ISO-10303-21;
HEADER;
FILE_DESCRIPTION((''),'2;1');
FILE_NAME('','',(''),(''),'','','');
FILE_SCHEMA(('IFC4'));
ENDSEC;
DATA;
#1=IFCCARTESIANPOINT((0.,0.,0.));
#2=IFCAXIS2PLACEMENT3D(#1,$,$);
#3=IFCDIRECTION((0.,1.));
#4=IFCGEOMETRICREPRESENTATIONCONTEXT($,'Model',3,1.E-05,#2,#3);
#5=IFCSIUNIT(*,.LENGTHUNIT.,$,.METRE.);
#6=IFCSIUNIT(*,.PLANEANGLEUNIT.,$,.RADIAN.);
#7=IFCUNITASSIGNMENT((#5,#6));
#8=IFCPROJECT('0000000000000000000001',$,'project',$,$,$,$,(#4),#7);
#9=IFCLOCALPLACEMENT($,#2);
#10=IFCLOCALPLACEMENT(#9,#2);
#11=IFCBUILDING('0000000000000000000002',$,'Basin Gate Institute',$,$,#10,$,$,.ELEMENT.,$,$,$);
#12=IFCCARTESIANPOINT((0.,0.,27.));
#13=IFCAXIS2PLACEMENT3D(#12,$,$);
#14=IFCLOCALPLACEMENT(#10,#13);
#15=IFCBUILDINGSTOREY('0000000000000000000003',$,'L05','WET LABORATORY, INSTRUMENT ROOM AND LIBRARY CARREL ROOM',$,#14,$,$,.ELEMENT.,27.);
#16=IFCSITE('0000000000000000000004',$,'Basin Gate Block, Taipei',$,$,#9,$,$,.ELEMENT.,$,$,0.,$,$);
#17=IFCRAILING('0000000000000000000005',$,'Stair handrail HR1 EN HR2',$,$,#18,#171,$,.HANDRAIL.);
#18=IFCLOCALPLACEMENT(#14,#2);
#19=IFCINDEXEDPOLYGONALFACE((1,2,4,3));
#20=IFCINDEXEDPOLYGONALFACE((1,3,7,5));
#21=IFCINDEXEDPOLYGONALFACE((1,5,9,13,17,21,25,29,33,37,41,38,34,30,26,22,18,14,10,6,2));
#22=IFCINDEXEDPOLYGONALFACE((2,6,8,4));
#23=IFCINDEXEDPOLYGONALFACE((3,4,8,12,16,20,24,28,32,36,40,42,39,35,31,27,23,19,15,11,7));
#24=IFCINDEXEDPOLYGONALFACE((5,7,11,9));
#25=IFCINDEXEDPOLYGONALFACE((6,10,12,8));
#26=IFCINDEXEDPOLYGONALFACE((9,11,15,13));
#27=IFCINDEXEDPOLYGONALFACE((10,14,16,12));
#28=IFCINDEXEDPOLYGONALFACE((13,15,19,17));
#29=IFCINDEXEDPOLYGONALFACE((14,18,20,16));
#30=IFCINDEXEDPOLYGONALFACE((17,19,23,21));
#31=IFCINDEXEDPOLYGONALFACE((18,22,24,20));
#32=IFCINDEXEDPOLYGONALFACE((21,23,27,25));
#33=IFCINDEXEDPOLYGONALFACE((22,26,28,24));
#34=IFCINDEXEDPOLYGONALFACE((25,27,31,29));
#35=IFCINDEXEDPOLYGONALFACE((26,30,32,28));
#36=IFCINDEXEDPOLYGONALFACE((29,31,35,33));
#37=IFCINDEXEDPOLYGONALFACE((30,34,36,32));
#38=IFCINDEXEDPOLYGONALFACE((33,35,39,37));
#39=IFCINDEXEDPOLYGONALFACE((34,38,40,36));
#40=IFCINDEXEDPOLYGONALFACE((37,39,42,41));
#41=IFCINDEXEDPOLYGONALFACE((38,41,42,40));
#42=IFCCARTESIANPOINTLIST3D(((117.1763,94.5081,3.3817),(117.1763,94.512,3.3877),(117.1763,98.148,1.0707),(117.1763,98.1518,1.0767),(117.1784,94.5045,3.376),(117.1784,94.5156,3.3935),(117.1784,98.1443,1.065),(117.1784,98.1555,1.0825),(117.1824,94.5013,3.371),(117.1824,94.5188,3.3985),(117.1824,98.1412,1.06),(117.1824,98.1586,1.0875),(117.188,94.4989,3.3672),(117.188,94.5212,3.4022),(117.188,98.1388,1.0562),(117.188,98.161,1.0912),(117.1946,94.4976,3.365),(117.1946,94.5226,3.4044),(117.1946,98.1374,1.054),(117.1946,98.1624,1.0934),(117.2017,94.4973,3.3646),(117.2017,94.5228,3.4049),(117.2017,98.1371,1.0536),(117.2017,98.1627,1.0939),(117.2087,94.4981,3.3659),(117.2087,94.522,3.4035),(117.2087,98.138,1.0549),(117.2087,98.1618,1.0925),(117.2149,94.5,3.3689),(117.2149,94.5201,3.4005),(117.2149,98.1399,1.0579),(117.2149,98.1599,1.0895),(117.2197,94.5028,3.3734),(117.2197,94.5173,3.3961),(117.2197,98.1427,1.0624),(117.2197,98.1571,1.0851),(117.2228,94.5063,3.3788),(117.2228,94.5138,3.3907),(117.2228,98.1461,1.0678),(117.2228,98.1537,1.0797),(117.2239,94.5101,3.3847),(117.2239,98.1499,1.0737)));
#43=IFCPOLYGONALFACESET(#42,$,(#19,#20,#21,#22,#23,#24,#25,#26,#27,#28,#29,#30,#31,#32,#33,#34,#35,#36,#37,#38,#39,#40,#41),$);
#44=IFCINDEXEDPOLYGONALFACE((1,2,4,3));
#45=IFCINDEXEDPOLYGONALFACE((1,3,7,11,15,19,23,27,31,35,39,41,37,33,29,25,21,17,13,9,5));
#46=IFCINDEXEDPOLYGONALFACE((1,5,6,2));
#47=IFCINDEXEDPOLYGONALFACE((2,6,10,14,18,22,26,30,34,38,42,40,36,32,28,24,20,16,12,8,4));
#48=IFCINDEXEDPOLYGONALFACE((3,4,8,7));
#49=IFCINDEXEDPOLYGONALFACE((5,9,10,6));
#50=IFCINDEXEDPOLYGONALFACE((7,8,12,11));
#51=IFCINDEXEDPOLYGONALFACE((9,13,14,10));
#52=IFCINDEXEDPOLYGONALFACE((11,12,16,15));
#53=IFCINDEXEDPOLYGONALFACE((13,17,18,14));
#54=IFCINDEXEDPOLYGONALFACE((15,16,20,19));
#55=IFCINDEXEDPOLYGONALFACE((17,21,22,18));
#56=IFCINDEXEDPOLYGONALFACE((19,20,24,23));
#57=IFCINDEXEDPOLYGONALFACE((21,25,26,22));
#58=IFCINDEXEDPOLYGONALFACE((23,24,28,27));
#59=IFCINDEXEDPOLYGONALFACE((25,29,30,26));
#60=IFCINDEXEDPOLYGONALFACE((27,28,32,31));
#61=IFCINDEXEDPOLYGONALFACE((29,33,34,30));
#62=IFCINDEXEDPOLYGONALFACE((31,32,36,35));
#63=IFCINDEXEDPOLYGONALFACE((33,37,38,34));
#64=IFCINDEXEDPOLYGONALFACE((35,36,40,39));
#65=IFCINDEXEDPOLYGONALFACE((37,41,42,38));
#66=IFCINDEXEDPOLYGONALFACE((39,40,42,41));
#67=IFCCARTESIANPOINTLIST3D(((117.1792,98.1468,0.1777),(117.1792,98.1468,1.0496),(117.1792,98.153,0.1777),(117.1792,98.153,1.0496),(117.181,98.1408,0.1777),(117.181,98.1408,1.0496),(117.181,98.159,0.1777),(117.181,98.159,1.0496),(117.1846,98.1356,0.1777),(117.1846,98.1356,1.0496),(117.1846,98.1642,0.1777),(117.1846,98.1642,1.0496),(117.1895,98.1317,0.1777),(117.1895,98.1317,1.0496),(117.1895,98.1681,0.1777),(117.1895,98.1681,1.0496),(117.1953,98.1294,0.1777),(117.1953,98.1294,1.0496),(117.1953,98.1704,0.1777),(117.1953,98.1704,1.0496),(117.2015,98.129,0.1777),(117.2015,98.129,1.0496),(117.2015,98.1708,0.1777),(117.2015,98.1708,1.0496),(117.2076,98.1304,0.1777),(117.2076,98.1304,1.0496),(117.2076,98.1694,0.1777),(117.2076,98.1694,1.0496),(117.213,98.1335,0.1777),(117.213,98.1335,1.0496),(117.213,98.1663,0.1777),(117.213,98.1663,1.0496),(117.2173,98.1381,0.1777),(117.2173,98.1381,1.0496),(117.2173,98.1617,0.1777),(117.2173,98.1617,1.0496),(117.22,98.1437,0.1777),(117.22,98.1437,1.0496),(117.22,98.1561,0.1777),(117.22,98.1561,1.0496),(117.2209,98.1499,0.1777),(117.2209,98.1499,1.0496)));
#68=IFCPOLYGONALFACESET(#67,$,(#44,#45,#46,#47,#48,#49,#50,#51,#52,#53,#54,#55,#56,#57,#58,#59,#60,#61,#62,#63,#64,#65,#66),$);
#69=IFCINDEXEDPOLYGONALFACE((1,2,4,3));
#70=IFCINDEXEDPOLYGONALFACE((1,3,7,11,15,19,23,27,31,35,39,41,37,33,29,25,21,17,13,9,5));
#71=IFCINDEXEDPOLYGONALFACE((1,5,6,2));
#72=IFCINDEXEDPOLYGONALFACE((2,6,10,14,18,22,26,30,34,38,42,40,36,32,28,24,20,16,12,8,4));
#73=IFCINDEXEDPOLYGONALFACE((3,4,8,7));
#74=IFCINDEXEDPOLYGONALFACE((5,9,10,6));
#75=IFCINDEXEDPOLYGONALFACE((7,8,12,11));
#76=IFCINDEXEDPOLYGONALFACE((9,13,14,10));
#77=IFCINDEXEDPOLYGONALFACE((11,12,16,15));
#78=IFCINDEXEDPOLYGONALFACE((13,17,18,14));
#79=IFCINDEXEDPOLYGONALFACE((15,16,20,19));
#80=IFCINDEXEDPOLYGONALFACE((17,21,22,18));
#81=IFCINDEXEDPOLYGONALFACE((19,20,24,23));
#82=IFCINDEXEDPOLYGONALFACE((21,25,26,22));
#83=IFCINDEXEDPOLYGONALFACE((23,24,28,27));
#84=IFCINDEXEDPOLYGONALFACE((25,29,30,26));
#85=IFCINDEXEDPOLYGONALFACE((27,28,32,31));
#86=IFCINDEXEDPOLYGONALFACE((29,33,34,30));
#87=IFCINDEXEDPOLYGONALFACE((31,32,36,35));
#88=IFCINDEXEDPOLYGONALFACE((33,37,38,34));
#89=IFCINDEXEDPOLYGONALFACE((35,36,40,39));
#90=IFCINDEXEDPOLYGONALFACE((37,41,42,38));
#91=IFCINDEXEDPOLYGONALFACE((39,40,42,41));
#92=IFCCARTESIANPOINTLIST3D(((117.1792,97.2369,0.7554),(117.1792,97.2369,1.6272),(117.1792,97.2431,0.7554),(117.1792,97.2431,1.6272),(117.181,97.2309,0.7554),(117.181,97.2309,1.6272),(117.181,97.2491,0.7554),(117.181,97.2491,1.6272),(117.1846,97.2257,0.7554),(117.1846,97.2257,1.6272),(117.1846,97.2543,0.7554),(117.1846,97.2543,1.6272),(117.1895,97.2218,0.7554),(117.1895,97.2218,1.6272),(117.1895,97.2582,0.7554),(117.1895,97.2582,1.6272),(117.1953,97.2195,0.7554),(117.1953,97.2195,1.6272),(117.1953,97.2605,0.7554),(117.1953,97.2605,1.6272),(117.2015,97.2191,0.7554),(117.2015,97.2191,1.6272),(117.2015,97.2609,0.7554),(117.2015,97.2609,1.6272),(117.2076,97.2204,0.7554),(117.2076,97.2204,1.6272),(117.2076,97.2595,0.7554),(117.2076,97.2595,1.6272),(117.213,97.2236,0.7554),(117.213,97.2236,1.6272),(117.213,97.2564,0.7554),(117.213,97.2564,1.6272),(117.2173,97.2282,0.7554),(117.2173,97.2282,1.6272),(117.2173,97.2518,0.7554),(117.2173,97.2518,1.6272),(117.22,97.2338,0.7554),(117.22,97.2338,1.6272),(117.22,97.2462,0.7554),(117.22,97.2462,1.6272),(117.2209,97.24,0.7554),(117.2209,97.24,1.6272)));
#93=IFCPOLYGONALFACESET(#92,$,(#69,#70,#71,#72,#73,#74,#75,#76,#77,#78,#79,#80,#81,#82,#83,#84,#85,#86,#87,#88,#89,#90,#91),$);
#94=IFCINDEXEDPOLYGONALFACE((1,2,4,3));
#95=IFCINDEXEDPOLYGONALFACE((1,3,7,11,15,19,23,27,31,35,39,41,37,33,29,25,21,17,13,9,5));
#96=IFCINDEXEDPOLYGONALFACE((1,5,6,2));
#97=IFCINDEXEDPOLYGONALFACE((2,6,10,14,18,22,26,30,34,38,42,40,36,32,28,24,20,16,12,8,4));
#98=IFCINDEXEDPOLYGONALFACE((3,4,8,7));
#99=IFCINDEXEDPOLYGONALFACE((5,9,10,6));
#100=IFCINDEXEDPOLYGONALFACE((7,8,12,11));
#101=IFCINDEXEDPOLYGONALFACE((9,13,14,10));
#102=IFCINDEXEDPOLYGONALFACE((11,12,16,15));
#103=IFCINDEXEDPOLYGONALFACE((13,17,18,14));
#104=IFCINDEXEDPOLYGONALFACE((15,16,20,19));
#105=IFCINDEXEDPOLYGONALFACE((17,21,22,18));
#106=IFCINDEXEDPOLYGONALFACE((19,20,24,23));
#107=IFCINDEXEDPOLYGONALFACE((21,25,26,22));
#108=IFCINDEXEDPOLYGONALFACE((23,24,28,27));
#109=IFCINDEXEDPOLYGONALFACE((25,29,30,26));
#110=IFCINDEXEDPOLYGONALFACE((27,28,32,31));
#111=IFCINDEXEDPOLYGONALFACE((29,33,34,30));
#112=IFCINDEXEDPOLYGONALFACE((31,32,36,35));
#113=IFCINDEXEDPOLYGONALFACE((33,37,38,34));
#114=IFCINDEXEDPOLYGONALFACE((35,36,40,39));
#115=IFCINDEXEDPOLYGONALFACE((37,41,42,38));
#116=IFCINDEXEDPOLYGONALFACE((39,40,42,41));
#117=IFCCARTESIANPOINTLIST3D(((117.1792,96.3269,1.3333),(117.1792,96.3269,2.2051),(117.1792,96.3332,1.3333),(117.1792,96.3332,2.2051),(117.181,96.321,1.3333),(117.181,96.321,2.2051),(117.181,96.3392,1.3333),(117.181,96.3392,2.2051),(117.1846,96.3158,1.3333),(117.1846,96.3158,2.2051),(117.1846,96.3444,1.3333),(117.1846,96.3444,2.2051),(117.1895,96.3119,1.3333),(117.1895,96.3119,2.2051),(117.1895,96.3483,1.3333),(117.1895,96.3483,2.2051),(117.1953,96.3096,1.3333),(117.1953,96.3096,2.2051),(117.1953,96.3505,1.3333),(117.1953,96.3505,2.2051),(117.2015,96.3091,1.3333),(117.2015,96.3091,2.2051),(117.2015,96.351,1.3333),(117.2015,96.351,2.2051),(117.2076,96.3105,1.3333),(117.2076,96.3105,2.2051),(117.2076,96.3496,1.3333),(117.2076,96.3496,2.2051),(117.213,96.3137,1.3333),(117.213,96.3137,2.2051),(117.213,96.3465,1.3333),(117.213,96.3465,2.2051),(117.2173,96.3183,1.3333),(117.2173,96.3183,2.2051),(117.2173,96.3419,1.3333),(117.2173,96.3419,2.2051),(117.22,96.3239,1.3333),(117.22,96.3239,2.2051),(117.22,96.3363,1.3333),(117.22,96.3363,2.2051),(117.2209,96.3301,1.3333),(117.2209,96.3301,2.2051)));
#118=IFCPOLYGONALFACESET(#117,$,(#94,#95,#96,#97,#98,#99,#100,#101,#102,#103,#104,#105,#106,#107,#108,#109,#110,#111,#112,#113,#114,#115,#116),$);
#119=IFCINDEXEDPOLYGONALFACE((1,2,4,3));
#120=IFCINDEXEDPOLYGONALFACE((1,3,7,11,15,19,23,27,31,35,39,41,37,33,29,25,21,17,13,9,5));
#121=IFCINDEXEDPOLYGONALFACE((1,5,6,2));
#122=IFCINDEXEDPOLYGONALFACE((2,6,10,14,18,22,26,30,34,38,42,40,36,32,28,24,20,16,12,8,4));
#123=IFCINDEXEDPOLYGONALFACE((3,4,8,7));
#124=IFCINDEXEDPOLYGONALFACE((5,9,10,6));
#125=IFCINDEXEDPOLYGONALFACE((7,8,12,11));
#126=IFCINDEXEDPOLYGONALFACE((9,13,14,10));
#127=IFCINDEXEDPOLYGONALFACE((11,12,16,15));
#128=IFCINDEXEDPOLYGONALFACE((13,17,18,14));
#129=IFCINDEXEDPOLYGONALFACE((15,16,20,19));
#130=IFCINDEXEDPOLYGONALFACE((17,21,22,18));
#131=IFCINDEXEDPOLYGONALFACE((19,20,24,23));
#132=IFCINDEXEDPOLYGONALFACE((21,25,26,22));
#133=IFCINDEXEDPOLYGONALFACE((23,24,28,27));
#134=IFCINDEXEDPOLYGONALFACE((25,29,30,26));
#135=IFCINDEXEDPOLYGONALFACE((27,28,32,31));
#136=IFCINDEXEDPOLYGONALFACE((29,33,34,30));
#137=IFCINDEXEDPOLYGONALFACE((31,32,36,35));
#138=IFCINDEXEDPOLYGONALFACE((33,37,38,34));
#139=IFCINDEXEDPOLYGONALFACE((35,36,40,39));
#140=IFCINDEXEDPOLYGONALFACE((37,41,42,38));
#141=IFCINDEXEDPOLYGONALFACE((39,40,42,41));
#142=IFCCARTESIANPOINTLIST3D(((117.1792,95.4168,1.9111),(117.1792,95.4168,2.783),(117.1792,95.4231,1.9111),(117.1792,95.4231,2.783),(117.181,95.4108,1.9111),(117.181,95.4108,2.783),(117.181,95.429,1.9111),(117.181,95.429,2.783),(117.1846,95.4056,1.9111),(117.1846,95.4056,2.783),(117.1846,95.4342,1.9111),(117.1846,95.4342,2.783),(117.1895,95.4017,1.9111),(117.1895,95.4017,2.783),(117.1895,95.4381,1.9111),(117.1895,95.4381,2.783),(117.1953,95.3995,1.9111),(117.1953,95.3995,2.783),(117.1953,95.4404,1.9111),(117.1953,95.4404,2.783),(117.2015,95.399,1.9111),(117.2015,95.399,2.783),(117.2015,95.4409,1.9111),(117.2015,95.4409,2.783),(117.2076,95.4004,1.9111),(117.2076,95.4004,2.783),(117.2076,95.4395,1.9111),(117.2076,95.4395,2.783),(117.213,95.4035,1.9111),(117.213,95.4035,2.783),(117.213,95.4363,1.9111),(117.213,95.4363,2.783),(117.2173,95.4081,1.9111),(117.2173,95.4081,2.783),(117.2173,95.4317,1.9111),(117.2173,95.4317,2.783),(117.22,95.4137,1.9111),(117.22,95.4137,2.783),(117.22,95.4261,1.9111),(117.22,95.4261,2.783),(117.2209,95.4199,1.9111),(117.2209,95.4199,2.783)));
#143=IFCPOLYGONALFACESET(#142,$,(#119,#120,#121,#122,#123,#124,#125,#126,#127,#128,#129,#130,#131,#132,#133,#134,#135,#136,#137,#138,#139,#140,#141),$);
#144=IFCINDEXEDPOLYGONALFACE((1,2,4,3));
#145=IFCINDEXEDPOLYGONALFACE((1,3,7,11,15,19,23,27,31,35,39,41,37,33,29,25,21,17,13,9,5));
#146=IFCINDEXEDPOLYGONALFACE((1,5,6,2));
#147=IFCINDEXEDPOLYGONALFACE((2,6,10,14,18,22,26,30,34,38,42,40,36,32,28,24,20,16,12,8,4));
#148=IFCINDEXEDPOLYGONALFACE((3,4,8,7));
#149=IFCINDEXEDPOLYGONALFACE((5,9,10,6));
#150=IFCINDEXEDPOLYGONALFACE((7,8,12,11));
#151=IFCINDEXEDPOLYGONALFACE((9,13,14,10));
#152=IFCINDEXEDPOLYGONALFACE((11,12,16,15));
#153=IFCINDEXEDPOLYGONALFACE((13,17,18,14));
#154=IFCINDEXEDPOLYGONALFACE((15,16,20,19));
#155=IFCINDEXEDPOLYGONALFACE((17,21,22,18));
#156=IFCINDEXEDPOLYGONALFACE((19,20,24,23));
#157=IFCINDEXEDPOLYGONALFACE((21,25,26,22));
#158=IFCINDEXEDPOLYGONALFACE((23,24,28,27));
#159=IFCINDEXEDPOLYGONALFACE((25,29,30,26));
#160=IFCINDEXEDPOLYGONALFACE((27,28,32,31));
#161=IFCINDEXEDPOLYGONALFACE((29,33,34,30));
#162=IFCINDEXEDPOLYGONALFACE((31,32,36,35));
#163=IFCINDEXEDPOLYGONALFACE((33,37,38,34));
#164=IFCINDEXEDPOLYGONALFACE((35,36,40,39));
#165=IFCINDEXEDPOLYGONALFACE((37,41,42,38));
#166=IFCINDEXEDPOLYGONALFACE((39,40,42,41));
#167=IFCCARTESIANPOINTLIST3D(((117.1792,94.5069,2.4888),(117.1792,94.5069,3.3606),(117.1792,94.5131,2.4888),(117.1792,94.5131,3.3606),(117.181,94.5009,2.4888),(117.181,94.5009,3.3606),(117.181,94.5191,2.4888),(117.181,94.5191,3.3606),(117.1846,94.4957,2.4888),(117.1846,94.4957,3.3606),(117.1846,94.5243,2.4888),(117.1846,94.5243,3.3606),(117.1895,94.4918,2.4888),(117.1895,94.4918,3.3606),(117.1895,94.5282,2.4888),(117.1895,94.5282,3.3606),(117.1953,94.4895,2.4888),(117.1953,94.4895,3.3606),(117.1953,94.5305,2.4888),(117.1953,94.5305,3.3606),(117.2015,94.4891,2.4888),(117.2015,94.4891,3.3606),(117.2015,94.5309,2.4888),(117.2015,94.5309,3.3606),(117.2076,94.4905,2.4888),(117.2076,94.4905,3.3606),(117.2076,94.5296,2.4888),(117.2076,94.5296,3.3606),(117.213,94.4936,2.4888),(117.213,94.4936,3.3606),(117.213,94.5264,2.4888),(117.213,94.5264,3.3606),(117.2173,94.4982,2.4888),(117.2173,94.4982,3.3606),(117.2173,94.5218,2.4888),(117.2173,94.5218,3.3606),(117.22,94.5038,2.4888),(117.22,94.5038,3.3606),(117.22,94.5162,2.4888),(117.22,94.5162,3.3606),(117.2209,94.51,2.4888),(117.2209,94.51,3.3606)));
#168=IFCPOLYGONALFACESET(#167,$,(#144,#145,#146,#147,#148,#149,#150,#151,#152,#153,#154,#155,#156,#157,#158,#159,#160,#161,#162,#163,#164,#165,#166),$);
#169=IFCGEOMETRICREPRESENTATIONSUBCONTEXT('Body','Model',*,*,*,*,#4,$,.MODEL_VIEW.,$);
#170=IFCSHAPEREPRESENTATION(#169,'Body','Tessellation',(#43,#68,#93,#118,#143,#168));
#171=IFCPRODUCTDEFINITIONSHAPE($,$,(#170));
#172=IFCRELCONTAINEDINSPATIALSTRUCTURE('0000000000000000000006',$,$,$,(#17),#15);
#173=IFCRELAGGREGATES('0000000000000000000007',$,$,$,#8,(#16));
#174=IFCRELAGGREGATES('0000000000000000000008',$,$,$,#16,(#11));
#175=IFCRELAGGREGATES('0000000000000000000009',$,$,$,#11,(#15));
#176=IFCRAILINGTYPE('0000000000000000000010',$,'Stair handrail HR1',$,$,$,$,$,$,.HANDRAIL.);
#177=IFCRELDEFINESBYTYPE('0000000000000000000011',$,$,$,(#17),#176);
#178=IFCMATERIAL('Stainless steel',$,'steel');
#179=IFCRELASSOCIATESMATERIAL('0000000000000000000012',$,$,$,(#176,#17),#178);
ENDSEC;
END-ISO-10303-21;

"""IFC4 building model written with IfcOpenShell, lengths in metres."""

from ifc_helpers import new_model, si_unit, direction, frame, origin, origin_2d, place, context, subcontext, project, spatial, circle, extrude, material, type_object, element, save


model = new_model("IFC4")

# Units and contexts
model_context = context("Model", 3, precision=1e-05, world=origin(), true_north=direction((0.0, 1.0)))
body_context = subcontext(model_context, "Body", "Model", "MODEL_VIEW")
ifc_project = project(units=[si_unit("LENGTHUNIT", "METRE"), si_unit("PLANEANGLEUNIT", "RADIAN")], contexts=[model_context])

# Site, building, storey
site_placement = place(None, origin())
site = spatial("IfcSite", under=ifc_project, at=site_placement, Name="Basin Gate Block, Taipei", CompositionType="ELEMENT", RefElevation=0.0)
building_placement = place(site_placement, origin())
building = spatial("IfcBuilding", under=site, at=building_placement, Name="Basin Gate Institute", CompositionType="ELEMENT")
storey_placement = place(building_placement, frame((0.0, 0.0, 27.0)))
storey = spatial("IfcBuildingStorey", under=building, at=storey_placement, Name="L05", Description="WET LABORATORY, INSTRUMENT ROOM AND LIBRARY CARREL ROOM", CompositionType="ELEMENT", Elevation=27.0)

# Railing
ifc_material_1 = material(Name="Stainless steel", Category="steel")
railing_type_1 = type_object("IfcRailingType", Name="Stair handrail HR1", PredefinedType="HANDRAIL", material=ifc_material_1)
for number, where, name in (
    (1, (117.2, 98.1499, 0.1777), "Stair handrail HR1 EN HR2"),
):
    element("IfcRailing", number, at=place(storey_placement, frame(where)), inside=storey, type_object=railing_type_1, material=ifc_material_1, Name=name, PredefinedType="HANDRAIL", context=body_context, shape_type="SweptSolid", body=[
        extrude(circle(Radius=0.0239, at=origin_2d()), frame((0.0, 0.0, 0.896), z_axis=(0.0, -0.844214, 0.536007), x_axis=(1.0, 0.0, 0.0)), (0.0, 0.0, 1.0), 4.3115),
        extrude(circle(Radius=0.021, at=origin_2d()), origin(), (0.0, 0.0, 1.0), 0.8718),
        extrude(circle(Radius=0.021, at=origin_2d()), frame((0.0, -0.9099, 0.5776)), (0.0, 0.0, 1.0), 0.8718),
        extrude(circle(Radius=0.021, at=origin_2d()), frame((0.0, -1.8198, 1.1555)), (0.0, 0.0, 1.0), 0.8718),
        extrude(circle(Radius=0.021, at=origin_2d()), frame((0.0, -2.73, 1.7334)), (0.0, 0.0, 1.0), 0.8718),
        extrude(circle(Radius=0.021, at=origin_2d()), frame((0.0, -3.6399, 2.311)), (0.0, 0.0, 1.0), 0.8718),
    ])

save(model, "model.ifc")
